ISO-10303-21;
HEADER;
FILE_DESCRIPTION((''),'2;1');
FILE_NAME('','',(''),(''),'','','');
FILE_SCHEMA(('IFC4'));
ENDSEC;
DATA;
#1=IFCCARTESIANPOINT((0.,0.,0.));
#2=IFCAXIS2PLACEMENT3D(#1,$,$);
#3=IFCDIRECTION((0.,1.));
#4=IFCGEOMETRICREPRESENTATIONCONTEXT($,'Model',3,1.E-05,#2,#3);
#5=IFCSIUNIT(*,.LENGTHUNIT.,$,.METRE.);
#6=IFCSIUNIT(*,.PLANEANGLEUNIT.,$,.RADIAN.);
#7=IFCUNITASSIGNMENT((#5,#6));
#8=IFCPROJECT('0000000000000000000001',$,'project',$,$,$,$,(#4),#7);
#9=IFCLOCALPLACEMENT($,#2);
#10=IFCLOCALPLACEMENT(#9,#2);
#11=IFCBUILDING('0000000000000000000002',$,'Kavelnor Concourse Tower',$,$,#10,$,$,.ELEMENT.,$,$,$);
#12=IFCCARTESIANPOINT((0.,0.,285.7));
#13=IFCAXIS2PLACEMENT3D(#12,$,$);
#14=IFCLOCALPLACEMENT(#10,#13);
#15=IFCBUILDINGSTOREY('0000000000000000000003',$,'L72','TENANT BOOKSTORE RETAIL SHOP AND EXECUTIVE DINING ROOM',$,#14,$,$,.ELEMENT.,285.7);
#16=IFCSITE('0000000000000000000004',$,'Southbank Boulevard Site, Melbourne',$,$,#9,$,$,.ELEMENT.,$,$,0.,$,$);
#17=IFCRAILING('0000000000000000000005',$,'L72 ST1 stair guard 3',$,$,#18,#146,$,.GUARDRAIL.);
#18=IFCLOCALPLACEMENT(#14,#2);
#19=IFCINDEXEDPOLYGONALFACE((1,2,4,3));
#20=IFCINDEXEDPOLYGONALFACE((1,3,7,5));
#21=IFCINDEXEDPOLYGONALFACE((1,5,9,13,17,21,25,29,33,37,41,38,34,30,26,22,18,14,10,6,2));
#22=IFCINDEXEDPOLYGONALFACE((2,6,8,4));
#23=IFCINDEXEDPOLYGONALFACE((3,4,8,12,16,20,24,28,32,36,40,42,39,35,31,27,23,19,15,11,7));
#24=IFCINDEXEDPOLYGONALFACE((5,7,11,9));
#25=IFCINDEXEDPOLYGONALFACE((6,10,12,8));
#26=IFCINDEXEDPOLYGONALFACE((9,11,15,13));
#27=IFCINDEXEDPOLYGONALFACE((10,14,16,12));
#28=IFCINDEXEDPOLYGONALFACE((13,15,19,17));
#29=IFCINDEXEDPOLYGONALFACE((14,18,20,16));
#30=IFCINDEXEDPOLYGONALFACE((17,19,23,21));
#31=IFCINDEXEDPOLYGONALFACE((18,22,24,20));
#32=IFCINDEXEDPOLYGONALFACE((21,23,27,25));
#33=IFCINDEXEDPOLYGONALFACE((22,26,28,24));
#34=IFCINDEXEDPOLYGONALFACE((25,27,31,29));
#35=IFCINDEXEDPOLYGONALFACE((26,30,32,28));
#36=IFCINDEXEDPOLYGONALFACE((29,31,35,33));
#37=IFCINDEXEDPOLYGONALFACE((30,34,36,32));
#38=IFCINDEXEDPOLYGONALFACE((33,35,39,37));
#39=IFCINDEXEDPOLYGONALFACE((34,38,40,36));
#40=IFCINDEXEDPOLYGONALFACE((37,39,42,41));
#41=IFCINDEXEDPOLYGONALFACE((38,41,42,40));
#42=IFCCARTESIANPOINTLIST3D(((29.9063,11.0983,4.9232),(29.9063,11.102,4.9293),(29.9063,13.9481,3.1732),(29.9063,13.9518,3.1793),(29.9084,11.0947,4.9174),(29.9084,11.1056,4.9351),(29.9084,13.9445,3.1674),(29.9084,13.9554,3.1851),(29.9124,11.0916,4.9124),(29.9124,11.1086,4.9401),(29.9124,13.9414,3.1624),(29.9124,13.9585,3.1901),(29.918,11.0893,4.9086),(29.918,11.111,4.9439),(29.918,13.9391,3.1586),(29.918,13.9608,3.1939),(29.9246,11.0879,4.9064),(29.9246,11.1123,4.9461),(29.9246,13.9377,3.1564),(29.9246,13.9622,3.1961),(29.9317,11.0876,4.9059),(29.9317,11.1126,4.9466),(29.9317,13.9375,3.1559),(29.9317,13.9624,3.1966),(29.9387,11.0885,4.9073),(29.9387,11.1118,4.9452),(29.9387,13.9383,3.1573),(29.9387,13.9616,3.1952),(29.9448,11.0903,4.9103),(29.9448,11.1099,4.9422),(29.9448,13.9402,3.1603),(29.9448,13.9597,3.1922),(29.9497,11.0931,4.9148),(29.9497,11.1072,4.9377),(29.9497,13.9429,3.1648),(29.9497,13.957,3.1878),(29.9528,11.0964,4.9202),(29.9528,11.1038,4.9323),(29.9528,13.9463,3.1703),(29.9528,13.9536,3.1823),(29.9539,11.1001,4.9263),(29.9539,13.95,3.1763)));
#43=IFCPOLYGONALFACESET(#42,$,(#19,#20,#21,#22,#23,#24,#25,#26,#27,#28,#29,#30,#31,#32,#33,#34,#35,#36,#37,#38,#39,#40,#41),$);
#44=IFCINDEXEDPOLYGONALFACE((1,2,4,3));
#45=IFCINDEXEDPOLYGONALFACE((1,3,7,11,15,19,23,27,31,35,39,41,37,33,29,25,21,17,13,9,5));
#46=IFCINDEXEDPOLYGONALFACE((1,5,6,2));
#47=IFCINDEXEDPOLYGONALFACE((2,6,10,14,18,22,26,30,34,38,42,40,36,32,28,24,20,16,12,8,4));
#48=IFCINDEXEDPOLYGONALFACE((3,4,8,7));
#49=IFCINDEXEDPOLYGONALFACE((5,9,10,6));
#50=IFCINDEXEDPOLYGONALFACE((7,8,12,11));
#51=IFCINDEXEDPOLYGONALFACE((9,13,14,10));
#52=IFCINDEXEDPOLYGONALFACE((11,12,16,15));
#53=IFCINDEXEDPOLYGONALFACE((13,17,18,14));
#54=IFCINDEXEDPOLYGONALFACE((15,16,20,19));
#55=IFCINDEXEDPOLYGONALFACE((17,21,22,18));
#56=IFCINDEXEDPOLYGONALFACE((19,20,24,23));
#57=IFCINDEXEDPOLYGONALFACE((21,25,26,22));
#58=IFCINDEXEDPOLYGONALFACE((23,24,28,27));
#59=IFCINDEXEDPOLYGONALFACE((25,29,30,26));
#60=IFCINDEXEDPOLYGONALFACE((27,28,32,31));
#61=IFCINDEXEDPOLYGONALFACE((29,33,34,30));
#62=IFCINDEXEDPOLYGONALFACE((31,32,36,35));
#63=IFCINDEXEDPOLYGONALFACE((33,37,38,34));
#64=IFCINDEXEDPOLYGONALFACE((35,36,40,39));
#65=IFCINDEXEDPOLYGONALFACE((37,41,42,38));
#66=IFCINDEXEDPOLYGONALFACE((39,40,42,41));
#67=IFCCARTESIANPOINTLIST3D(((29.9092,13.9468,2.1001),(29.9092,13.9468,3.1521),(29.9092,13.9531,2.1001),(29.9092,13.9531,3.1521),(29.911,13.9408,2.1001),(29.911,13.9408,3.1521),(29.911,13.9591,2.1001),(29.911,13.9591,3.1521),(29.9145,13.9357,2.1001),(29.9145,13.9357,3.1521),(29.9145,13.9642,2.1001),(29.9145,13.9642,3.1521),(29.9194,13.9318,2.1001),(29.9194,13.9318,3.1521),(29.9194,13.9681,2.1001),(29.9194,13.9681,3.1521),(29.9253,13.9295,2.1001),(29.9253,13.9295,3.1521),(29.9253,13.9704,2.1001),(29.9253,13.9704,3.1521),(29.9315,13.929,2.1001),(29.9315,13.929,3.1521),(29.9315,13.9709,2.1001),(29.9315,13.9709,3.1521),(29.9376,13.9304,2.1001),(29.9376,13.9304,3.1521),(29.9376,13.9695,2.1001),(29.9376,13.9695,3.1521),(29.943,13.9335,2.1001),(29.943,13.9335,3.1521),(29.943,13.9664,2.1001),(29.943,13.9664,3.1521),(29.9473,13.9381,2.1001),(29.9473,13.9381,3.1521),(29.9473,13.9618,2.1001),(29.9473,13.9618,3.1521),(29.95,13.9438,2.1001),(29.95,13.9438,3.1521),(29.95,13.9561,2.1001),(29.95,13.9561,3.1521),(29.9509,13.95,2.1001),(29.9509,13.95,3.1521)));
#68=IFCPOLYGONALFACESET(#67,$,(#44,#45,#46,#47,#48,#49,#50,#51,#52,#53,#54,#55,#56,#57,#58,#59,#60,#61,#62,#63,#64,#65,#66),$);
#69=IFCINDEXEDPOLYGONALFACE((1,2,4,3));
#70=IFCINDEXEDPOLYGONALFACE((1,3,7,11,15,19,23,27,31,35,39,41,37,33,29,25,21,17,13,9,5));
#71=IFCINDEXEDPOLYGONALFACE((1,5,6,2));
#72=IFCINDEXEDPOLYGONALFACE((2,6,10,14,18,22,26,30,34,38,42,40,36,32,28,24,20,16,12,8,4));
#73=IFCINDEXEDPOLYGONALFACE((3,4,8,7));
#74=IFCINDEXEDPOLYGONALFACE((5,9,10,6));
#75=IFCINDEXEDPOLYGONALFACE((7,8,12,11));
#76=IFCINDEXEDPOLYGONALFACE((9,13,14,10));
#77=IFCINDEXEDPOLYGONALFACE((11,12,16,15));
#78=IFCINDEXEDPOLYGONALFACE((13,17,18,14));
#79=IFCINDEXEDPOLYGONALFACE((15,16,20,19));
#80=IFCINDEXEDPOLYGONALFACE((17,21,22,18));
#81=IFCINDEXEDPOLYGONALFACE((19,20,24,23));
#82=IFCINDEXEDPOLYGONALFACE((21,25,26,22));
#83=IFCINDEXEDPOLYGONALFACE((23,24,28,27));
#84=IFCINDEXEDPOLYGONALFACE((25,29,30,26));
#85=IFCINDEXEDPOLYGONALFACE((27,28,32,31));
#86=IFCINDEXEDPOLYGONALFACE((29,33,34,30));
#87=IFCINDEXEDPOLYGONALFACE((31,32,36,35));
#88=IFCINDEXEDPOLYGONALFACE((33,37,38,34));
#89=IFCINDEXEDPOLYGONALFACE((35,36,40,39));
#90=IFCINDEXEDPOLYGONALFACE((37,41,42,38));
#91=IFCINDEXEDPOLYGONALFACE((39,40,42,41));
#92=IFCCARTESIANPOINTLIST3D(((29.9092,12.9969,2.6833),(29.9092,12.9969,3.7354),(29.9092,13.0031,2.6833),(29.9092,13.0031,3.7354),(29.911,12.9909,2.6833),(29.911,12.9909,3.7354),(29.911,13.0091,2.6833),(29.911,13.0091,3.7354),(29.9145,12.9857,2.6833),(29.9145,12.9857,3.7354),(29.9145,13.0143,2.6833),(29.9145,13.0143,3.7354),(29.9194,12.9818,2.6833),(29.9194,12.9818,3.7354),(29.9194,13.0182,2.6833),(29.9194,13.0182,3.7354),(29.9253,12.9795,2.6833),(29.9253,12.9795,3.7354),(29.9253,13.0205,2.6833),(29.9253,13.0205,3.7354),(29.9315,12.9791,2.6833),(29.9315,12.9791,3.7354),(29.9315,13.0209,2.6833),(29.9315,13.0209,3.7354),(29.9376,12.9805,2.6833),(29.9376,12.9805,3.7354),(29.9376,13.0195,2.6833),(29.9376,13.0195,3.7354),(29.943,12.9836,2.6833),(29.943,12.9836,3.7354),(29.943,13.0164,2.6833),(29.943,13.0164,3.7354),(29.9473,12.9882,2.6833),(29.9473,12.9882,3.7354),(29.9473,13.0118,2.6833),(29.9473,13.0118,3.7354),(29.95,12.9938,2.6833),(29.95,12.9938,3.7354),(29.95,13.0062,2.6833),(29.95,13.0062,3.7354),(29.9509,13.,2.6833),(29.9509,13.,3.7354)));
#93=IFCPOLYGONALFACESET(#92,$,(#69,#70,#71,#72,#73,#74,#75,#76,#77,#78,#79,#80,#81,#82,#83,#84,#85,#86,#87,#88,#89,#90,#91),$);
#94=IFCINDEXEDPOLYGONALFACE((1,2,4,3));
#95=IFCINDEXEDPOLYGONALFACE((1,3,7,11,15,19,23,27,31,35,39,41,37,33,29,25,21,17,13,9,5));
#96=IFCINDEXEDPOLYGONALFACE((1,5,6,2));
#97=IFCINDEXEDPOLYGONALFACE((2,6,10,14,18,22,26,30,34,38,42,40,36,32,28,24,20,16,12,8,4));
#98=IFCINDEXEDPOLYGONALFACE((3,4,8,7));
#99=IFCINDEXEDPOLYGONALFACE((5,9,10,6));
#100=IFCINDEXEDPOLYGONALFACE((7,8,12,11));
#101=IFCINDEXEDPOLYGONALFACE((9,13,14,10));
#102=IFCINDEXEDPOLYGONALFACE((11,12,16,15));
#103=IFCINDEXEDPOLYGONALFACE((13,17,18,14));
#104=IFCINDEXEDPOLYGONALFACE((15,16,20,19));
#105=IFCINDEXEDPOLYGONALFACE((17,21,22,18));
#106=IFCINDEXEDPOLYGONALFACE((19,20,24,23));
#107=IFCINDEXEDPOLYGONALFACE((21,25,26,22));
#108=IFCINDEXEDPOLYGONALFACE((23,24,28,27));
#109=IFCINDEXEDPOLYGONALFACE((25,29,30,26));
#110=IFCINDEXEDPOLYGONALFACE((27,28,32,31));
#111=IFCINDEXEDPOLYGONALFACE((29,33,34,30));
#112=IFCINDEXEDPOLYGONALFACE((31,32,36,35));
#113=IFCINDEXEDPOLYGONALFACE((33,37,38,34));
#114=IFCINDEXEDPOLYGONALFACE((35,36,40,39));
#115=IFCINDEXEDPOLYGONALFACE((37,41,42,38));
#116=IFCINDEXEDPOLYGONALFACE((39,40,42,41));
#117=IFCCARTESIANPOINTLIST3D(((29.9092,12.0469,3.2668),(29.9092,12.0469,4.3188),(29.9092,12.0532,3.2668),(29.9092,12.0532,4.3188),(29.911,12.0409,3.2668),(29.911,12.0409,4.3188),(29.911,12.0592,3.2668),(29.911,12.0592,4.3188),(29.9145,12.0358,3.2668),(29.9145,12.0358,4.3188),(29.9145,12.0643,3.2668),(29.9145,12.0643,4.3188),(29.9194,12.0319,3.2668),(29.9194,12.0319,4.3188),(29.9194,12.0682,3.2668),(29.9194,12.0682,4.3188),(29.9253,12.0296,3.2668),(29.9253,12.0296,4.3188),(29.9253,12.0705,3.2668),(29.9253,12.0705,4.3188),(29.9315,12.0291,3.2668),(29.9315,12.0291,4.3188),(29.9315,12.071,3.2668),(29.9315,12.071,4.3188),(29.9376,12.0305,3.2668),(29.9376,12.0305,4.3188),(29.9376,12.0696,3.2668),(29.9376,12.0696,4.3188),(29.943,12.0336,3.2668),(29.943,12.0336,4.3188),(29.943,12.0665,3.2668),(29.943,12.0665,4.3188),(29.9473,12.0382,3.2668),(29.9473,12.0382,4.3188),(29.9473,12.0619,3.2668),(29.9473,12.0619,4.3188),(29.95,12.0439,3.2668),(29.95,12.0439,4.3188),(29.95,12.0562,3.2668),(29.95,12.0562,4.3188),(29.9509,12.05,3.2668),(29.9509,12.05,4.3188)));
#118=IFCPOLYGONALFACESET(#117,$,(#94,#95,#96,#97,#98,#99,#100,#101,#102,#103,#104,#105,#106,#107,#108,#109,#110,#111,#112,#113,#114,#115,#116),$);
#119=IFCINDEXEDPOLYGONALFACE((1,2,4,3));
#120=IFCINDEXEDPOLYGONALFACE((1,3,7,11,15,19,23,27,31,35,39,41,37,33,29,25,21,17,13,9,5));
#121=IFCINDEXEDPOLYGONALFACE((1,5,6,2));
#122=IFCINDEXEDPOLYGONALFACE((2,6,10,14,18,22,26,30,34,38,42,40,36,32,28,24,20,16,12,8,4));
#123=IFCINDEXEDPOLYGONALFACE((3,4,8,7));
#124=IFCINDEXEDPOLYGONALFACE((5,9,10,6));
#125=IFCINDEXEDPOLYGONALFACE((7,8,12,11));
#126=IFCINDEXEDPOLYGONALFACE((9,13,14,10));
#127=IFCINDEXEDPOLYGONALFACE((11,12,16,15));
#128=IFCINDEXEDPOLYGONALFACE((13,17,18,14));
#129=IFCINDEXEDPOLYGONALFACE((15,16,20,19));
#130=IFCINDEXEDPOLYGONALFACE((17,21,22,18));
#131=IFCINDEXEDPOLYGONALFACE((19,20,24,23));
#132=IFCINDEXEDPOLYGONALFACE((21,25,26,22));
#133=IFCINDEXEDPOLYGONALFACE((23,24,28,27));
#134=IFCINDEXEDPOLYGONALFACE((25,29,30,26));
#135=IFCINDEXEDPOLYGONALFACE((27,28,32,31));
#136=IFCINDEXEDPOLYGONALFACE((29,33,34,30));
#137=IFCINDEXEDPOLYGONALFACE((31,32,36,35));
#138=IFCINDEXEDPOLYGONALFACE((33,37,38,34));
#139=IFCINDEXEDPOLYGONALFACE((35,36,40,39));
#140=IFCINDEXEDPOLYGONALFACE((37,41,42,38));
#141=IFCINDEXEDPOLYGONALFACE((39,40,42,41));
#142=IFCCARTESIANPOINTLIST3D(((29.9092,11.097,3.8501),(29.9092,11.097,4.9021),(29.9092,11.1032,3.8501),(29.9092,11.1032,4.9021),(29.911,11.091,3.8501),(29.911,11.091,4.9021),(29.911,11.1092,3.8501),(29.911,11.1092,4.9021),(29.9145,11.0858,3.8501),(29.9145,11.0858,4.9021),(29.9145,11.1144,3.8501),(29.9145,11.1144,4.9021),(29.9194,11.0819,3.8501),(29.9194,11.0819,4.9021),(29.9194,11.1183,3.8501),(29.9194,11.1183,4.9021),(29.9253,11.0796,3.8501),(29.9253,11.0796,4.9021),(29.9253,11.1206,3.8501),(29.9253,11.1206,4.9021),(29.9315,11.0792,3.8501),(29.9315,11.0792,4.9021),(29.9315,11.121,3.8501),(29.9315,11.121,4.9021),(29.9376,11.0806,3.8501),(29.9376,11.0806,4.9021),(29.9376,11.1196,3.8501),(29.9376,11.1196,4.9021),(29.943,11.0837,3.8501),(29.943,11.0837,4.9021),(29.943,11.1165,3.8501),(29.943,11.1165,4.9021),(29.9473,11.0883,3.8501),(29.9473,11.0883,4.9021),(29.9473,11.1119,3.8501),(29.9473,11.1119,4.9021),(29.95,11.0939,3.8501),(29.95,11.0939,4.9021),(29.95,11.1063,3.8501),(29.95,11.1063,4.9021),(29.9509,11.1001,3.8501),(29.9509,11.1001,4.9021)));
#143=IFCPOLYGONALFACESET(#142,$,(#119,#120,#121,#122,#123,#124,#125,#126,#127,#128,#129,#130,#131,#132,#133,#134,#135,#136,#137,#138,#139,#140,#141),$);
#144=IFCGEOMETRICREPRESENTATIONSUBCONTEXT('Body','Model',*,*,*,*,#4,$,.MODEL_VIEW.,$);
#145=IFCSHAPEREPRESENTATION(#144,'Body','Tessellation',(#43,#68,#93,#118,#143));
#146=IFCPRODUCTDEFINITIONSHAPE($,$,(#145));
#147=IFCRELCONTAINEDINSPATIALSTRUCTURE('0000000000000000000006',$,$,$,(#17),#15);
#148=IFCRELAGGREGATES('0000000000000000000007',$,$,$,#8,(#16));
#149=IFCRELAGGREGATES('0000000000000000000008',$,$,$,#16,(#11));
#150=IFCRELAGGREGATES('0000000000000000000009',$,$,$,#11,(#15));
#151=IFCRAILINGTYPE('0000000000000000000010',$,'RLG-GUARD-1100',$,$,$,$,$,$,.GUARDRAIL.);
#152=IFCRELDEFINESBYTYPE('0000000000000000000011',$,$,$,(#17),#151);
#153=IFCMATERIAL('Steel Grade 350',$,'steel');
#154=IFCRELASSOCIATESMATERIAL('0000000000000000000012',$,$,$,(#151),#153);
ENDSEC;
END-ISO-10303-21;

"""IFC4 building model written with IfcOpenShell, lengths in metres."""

from ifc_helpers import new_model, si_unit, direction, frame, origin, origin_2d, place, context, subcontext, project, spatial, circle, extrude, material, type_object, element, save


model = new_model("IFC4")

# Units and contexts
model_context = context("Model", 3, precision=1e-05, world=origin(), true_north=direction((0.0, 1.0)))
body_context = subcontext(model_context, "Body", "Model", "MODEL_VIEW")
ifc_project = project(units=[si_unit("LENGTHUNIT", "METRE"), si_unit("PLANEANGLEUNIT", "RADIAN")], contexts=[model_context])

# Site, building, storey
site_placement = place(None, origin())
site = spatial("IfcSite", under=ifc_project, at=site_placement, Name="Southbank Boulevard Site, Melbourne", CompositionType="ELEMENT", RefElevation=0.0)
building_placement = place(site_placement, origin())
building = spatial("IfcBuilding", under=site, at=building_placement, Name="Kavelnor Concourse Tower", CompositionType="ELEMENT")
storey_placement = place(building_placement, frame((0.0, 0.0, 285.7)))
storey = spatial("IfcBuildingStorey", under=building, at=storey_placement, Name="L72", Description="TENANT BOOKSTORE RETAIL SHOP AND EXECUTIVE DINING ROOM", CompositionType="ELEMENT", Elevation=285.7)

# Shared definitions
ifc_material_1 = material(Name="Steel Grade 350", Category="steel")

# Railing
railing_type_1 = type_object("IfcRailingType", Name="RLG-GUARD-1100", PredefinedType="GUARDRAIL", material=ifc_material_1)
railing_1_placement = place(storey_placement, frame((29.9299, 13.95, 2.1001)))
element("IfcRailing", 1, at=railing_1_placement, inside=storey, type_object=railing_type_1, Name="L72 ST1 stair guard 3", PredefinedType="GUARDRAIL", context=body_context, shape_type="SweptSolid", body=[
    extrude(circle(Radius=0.0239, at=origin_2d()), frame((0.0, 0.0, 1.0762), z_axis=(0.0, -0.852159, 0.523283), x_axis=(1.0, 0.0, 0.0)), (0.0, 0.0, 1.0), 3.3442),
    extrude(circle(Radius=0.021, at=origin_2d()), origin(), (0.0, 0.0, 1.0), 1.052),
    extrude(circle(Radius=0.021, at=origin_2d()), frame((0.0, -0.95, 0.5833)), (0.0, 0.0, 1.0), 1.052),
    extrude(circle(Radius=0.021, at=origin_2d()), frame((0.0, -1.8999, 1.1667)), (0.0, 0.0, 1.0), 1.052),
    extrude(circle(Radius=0.021, at=origin_2d()), frame((0.0, -2.8499, 1.75)), (0.0, 0.0, 1.0), 1.052),
])

save(model, "model.ifc")
